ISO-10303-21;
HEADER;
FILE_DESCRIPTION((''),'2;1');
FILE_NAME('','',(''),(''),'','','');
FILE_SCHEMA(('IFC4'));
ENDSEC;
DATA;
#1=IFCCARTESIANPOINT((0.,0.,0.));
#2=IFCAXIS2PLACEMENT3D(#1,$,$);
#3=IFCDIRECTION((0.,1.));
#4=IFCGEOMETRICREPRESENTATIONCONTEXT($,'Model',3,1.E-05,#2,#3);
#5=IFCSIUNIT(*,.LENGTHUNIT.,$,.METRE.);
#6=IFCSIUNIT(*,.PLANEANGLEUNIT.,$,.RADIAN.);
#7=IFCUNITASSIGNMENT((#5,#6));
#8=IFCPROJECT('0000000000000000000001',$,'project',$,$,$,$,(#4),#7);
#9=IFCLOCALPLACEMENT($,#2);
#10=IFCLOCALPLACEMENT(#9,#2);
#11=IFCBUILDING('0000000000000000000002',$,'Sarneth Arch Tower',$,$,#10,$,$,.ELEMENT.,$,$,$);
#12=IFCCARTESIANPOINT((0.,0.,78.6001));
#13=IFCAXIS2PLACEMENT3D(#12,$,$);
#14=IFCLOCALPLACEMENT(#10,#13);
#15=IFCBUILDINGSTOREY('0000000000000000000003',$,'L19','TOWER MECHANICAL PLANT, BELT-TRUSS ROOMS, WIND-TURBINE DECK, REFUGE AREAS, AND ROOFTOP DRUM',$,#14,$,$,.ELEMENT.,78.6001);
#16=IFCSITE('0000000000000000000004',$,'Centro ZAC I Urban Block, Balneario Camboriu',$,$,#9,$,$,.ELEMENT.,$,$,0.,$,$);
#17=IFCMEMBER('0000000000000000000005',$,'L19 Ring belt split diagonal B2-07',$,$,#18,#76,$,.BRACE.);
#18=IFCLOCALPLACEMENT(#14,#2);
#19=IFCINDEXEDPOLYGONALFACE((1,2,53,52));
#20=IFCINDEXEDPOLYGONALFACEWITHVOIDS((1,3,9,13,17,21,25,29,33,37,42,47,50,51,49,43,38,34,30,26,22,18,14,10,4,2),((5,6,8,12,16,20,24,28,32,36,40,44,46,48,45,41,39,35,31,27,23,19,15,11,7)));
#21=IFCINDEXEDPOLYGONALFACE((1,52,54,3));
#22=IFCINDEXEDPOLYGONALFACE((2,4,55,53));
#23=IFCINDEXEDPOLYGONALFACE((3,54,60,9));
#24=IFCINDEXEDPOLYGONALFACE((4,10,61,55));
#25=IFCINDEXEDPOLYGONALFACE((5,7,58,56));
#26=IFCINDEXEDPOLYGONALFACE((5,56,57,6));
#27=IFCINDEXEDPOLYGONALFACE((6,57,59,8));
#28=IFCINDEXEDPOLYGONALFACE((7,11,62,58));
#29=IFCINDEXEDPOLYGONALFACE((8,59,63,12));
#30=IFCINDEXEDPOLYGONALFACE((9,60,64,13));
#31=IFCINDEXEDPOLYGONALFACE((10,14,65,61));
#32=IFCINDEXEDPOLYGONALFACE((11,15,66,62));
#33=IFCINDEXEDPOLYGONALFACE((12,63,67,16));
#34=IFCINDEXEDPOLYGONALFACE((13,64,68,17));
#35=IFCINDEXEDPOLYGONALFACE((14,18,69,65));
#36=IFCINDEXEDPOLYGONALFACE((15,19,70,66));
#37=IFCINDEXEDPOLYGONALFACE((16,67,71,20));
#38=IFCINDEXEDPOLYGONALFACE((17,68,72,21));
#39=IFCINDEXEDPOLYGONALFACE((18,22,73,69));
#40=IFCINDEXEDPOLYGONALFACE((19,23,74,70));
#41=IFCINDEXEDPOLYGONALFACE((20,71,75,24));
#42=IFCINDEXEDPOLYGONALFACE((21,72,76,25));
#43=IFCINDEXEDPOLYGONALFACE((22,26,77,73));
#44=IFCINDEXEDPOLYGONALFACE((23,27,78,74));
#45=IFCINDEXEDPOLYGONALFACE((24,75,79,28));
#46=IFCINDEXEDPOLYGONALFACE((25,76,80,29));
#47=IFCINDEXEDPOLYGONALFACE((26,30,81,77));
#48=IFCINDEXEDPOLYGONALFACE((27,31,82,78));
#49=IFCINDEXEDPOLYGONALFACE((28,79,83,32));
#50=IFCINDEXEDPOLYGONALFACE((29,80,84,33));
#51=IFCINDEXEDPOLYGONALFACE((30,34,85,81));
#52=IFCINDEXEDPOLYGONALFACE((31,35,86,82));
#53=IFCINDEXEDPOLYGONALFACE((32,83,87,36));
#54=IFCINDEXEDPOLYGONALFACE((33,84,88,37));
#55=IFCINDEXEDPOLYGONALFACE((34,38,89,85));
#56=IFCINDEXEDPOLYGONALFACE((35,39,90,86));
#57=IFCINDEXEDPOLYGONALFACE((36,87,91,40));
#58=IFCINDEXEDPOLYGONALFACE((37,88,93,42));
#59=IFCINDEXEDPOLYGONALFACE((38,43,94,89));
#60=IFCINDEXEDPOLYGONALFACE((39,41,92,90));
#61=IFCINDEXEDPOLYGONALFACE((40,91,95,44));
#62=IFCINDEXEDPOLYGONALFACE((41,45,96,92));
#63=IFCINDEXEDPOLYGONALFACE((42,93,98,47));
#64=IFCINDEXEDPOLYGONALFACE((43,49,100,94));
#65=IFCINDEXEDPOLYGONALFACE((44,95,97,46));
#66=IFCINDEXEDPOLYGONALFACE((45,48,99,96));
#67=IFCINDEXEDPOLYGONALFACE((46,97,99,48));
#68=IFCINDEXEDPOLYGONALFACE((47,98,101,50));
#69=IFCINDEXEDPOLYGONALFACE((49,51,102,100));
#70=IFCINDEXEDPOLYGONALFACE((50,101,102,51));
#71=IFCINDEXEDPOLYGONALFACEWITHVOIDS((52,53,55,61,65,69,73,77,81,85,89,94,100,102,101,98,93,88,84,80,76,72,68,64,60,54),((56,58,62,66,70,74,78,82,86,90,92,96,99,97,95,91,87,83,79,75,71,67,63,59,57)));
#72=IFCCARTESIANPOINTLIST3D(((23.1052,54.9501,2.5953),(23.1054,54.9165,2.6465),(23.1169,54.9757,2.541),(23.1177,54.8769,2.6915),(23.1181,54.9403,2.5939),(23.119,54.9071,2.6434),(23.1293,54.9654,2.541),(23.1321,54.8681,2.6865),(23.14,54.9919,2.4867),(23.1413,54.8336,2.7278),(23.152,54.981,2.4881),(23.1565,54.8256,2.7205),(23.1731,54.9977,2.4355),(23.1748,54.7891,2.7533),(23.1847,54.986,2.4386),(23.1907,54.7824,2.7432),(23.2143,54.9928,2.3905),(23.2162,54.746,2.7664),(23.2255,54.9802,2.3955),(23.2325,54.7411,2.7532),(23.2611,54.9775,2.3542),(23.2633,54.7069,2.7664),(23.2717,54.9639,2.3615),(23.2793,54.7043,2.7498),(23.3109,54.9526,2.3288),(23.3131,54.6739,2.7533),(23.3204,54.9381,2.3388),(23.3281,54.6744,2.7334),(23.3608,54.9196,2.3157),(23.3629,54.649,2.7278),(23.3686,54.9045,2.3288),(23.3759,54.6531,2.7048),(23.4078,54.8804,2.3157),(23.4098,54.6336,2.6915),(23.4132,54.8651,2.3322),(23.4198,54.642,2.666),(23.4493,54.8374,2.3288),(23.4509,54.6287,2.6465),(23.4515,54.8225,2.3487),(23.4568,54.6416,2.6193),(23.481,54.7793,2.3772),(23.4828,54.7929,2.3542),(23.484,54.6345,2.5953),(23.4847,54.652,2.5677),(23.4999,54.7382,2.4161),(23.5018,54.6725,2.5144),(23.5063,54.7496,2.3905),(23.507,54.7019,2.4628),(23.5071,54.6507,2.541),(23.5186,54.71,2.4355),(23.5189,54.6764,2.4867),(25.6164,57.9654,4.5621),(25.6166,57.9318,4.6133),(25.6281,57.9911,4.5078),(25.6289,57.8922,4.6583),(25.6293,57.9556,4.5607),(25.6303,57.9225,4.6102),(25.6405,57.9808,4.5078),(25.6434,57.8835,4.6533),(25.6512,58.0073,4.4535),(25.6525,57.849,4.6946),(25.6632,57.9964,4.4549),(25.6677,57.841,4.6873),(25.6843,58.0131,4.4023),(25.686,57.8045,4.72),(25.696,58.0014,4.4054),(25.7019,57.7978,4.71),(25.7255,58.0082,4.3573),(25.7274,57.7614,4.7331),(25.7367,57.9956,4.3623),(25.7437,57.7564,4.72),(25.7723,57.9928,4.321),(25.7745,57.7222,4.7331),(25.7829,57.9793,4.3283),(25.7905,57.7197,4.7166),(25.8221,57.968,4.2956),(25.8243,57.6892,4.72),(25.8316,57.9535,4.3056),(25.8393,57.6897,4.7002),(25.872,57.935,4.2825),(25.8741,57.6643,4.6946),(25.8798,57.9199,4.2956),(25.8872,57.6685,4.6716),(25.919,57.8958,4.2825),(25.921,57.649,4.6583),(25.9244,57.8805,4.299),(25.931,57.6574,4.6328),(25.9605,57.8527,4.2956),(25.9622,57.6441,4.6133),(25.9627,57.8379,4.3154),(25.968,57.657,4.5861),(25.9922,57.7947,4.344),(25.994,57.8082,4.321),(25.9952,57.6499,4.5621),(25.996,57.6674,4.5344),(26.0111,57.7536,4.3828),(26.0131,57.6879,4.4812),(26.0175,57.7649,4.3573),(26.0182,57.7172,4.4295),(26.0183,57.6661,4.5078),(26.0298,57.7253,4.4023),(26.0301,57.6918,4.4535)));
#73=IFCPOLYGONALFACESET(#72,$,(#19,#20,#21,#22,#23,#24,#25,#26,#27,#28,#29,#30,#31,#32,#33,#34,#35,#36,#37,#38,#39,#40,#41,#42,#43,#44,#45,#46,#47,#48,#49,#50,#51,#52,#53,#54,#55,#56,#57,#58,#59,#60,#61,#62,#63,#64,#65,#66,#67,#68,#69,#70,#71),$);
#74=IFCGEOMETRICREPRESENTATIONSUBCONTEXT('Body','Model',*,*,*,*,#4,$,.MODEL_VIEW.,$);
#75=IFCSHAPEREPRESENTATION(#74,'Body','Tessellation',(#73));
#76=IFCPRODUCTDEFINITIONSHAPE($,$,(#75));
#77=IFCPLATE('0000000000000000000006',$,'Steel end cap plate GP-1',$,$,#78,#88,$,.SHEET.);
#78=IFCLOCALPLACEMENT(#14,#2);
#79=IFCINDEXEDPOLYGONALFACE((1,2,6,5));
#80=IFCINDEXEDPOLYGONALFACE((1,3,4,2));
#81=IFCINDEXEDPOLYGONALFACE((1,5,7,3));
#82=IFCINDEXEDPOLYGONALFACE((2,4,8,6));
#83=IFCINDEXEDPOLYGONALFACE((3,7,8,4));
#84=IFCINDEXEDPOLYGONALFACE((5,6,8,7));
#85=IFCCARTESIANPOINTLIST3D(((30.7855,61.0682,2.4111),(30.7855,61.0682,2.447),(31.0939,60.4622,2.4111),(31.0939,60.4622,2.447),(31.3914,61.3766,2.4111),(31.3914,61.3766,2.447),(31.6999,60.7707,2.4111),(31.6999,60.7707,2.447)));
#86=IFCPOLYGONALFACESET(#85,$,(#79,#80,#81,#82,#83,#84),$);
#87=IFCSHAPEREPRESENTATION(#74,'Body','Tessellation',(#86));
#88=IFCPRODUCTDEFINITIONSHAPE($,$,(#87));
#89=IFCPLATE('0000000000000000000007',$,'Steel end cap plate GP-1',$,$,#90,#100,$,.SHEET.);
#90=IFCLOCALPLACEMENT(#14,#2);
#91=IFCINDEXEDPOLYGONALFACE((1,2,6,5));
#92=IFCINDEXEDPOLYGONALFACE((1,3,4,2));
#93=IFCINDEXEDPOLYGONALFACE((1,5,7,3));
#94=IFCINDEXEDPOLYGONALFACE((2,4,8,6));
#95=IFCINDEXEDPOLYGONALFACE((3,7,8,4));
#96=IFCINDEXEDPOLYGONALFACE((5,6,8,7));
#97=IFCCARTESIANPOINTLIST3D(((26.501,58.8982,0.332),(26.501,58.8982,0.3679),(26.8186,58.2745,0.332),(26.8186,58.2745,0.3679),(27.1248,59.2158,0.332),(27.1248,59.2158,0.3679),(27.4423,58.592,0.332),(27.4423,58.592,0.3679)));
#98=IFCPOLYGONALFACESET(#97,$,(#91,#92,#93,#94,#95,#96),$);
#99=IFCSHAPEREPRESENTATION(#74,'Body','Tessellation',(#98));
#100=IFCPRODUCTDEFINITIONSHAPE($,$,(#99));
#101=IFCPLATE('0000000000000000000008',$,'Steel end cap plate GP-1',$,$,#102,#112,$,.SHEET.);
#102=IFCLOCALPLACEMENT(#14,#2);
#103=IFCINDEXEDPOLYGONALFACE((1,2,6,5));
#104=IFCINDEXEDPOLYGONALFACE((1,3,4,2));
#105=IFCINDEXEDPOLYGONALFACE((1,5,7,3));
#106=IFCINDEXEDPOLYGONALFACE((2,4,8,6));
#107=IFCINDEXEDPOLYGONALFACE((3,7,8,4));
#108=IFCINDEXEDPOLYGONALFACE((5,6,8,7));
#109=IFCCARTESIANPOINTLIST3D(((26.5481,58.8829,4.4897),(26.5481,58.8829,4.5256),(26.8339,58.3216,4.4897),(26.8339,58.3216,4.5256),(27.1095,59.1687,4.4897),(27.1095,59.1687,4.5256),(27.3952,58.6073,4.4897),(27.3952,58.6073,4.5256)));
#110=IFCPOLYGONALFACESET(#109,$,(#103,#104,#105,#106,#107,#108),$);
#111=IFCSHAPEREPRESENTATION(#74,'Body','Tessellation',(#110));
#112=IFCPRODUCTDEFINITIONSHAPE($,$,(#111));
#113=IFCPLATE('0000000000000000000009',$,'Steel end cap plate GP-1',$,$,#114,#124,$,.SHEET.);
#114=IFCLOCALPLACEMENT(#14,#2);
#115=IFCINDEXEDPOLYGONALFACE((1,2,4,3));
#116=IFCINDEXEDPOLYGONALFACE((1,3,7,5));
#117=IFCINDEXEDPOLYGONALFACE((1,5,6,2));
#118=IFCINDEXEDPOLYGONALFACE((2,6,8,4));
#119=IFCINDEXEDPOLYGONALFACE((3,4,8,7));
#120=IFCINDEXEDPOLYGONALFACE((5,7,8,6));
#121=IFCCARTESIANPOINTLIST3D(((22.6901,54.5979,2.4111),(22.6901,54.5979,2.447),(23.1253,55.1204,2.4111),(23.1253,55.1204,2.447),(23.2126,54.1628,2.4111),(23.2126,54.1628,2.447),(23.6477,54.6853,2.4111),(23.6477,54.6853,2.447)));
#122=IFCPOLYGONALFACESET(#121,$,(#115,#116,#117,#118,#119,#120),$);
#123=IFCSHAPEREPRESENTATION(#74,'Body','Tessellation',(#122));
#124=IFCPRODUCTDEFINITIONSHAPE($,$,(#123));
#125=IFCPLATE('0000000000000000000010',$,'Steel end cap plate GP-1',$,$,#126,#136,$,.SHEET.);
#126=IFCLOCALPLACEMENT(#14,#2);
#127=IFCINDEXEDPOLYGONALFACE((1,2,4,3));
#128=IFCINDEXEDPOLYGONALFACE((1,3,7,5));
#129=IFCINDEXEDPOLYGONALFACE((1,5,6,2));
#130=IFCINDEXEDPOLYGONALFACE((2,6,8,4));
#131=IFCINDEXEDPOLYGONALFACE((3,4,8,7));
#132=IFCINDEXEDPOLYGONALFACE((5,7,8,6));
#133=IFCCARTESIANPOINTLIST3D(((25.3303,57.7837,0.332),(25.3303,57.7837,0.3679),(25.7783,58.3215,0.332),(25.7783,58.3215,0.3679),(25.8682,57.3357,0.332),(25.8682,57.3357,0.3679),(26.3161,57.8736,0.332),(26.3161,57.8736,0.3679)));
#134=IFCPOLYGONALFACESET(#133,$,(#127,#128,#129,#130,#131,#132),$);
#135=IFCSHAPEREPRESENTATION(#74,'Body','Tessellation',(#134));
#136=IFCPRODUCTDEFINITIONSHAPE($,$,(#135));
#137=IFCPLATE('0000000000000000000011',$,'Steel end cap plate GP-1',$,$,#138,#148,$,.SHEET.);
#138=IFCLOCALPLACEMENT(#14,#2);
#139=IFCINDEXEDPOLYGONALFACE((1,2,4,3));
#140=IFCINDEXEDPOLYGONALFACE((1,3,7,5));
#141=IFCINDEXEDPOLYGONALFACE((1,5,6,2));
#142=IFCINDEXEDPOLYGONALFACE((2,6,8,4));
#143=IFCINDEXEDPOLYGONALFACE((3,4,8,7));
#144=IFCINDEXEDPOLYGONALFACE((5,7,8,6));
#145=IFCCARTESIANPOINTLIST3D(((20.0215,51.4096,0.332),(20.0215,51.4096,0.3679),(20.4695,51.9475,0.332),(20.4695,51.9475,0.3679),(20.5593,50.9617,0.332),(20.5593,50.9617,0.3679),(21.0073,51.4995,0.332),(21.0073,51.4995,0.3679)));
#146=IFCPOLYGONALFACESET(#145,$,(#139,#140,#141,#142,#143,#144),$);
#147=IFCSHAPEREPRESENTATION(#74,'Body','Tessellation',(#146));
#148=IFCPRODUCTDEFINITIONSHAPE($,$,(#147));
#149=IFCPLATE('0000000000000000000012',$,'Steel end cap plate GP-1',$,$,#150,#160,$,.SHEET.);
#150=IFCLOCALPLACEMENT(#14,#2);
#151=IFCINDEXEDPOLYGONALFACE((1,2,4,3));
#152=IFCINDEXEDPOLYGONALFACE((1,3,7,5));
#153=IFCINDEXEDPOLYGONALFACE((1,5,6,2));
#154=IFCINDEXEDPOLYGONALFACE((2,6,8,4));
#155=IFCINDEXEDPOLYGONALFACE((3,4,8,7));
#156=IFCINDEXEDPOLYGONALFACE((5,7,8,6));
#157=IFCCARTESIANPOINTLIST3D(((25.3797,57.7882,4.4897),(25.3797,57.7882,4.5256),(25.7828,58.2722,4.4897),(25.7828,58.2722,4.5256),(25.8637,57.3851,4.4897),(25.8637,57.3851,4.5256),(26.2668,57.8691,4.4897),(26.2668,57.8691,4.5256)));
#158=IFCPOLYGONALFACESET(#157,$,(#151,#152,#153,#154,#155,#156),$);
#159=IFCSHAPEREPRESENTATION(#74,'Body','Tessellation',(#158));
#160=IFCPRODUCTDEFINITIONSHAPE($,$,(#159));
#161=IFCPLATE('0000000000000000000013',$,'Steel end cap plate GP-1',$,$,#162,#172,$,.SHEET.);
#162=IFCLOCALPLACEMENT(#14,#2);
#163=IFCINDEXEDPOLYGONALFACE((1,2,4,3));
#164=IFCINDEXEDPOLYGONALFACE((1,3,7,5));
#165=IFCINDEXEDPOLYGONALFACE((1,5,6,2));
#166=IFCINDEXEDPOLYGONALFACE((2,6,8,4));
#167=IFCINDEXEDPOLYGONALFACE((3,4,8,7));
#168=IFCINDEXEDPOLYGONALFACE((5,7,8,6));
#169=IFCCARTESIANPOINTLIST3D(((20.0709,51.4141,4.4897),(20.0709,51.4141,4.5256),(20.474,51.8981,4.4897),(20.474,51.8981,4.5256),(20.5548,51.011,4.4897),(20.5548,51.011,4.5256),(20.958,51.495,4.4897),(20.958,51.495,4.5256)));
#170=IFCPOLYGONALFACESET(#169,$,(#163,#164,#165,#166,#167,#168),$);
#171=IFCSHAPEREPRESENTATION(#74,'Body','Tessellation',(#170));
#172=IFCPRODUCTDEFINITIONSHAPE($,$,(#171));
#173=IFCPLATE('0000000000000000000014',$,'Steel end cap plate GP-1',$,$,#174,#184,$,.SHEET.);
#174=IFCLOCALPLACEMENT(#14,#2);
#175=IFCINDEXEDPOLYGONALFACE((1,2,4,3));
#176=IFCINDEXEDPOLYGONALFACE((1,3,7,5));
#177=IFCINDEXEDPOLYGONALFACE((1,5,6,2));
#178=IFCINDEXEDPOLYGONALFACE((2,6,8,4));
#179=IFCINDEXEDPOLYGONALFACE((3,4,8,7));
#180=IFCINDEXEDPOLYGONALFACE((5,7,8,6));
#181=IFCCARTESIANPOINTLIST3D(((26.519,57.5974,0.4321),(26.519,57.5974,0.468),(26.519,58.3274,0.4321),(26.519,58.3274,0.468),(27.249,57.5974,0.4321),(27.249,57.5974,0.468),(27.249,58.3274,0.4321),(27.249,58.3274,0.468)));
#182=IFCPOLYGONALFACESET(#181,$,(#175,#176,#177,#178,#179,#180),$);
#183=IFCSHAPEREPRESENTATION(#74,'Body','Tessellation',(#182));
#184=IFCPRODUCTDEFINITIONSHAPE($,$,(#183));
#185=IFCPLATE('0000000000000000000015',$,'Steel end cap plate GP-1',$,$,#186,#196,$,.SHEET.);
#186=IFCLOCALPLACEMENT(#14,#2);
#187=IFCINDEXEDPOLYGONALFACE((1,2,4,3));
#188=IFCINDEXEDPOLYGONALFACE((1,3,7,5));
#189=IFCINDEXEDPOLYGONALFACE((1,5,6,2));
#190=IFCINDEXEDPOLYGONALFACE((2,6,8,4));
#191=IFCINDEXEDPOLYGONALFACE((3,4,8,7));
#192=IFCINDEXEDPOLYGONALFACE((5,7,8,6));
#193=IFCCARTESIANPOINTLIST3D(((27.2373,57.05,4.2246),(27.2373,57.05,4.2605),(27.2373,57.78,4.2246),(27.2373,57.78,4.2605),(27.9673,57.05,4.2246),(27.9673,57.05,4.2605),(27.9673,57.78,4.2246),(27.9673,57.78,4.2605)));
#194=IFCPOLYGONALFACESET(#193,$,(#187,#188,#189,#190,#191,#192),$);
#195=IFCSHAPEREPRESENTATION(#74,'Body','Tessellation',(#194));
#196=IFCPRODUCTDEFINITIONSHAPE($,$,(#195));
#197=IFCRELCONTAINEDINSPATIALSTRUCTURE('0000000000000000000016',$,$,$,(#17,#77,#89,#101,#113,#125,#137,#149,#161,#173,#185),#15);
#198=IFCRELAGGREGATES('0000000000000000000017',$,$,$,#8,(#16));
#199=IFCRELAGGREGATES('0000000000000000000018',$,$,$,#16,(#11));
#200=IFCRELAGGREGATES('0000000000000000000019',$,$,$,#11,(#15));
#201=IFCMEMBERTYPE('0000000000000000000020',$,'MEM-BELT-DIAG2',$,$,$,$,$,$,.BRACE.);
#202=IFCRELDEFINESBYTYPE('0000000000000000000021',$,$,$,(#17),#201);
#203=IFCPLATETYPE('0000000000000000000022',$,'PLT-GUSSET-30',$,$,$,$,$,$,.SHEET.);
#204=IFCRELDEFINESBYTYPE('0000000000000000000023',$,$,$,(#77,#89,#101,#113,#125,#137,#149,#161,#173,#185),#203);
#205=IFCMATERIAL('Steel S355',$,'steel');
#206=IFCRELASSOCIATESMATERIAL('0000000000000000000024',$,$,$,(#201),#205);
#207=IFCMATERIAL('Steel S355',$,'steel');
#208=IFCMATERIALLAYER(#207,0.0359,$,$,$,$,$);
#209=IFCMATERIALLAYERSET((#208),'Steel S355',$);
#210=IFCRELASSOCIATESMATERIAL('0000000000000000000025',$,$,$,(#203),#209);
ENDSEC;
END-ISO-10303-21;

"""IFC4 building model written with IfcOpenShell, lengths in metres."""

from ifc_helpers import new_model, si_unit, direction, frame, origin, origin_2d, place, context, subcontext, project, spatial, rectangle, hollow_circle, extrude, material, layer, layer_set, material_profile, profile_set, type_object, element, save


model = new_model("IFC4")

# Units and contexts
model_context = context("Model", 3, precision=1e-05, world=origin(), true_north=direction((0.0, 1.0)))
body_context = subcontext(model_context, "Body", "Model", "MODEL_VIEW")
ifc_project = project(units=[si_unit("LENGTHUNIT", "METRE"), si_unit("PLANEANGLEUNIT", "RADIAN")], contexts=[model_context])

# Site, building, storey
site_placement = place(None, origin())
site = spatial("IfcSite", under=ifc_project, at=site_placement, Name="Centro ZAC I Urban Block, Balneario Camboriu", CompositionType="ELEMENT", RefElevation=0.0)
building_placement = place(site_placement, origin())
building = spatial("IfcBuilding", under=site, at=building_placement, Name="Sarneth Arch Tower", CompositionType="ELEMENT")
storey_placement = place(building_placement, frame((0.0, 0.0, 78.6001)))
storey = spatial("IfcBuildingStorey", under=building, at=storey_placement, Name="L19", Description="TOWER MECHANICAL PLANT, BELT-TRUSS ROOMS, WIND-TURBINE DECK, REFUGE AREAS, AND ROOFTOP DRUM", CompositionType="ELEMENT", Elevation=78.6001)

# Member
ifc_material_1 = material(Name="Steel S355", Category="steel")
ifc_material_profile_1 = material_profile(ifc_material_1, hollow_circle(Radius=0.2539, WallThickness=0.0161, at=origin_2d()), Name="CHS508x16")
ifc_profile_set_1 = profile_set([ifc_material_profile_1], Name="Steel S355")
member_type_1 = type_object("IfcMemberType", Name="MEM-BELT-DIAG2", PredefinedType="BRACE", material=ifc_profile_set_1)
for number, where, z_axis, x_axis, name in (
    (1, (23.312, 54.8132, 2.541), (0.572109, 0.686964, 0.448076), (-0.76842, 0.639946, 0.0), "L19 Ring belt split diagonal B2-07"),
):
    element("IfcMember", number, at=place(storey_placement, frame(where, z_axis=z_axis, x_axis=x_axis)), inside=storey, type_object=member_type_1, Name=name, PredefinedType="BRACE", context=body_context, shape_type="SweptSolid", body=[
        extrude(hollow_circle(Radius=0.2539, WallThickness=0.0161, at=origin_2d()), origin(), (0.0, 0.0, 1.0), 4.3894),
    ])

# Plates
ifc_material_2 = material(Name="Steel S355", Category="steel")
ifc_layer_1 = layer(ifc_material_2, 0.0359)
ifc_layer_set_1 = layer_set([ifc_layer_1], Name="Steel S355")
plate_type_1 = type_object("IfcPlateType", Name="PLT-GUSSET-30", PredefinedType="SHEET", material=ifc_layer_set_1)
plate_1_placement = place(storey_placement, frame((31.2427, 60.9194, 2.4111), z_axis=(0.0, 0.0, 1.0), x_axis=(-0.891165, -0.453679, 0.0)))
element("IfcPlate", 2, at=plate_1_placement, inside=storey, type_object=plate_type_1, Name="Steel end cap plate GP-1", PredefinedType="SHEET", context=body_context, shape_type="SweptSolid", body=[
    extrude(rectangle(XDim=0.6799, YDim=0.6799, at=origin_2d()), origin(), (0.0, 0.0, 1.0), 0.0359),
])
plate_2_placement = place(storey_placement, frame((26.9717, 58.7451, 0.332), z_axis=(0.0, 0.0, 1.0), x_axis=(-0.891165, -0.453679, 0.0)))
element("IfcPlate", 3, at=plate_2_placement, inside=storey, type_object=plate_type_1, Name="Steel end cap plate GP-1", PredefinedType="SHEET", context=body_context, shape_type="SweptSolid", body=[
    extrude(rectangle(XDim=0.7, YDim=0.7, at=origin_2d()), origin(), (0.0, 0.0, 1.0), 0.0359),
])
plate_3_placement = place(storey_placement, frame((26.9717, 58.7451, 4.4897), z_axis=(0.0, 0.0, 1.0), x_axis=(-0.891165, -0.453679, 0.0)))
element("IfcPlate", 4, at=plate_3_placement, inside=storey, type_object=plate_type_1, Name="Steel end cap plate GP-1", PredefinedType="SHEET", context=body_context, shape_type="SweptSolid", body=[
    extrude(rectangle(XDim=0.6299, YDim=0.6299, at=origin_2d()), origin(), (0.0, 0.0, 1.0), 0.0359),
])
plate_4_placement = place(storey_placement, frame((23.1689, 54.6416, 2.4111), z_axis=(0.0, 0.0, 1.0), x_axis=(-0.639976, -0.768395, 0.0)))
element("IfcPlate", 5, at=plate_4_placement, inside=storey, type_object=plate_type_1, Name="Steel end cap plate GP-1", PredefinedType="SHEET", context=body_context, shape_type="SweptSolid", body=[
    extrude(rectangle(XDim=0.6799, YDim=0.6799, at=origin_2d()), origin(), (0.0, 0.0, 1.0), 0.0359),
])
for number, where, z_axis, x_axis, name in (
    (6, (25.8232, 57.8286, 0.332), (0.0, 0.0, 1.0), (0.639976, 0.768395, 0.0), "Steel end cap plate GP-1"),
    (7, (20.5144, 51.4546, 0.332), (0.0, 0.0, 1.0), (-0.639976, -0.768395, 0.0), "Steel end cap plate GP-1"),
):
    element("IfcPlate", number, at=place(storey_placement, frame(where, z_axis=z_axis, x_axis=x_axis)), inside=storey, type_object=plate_type_1, Name=name, PredefinedType="SHEET", context=body_context, shape_type="SweptSolid", body=[
        extrude(rectangle(XDim=0.7, YDim=0.7, at=origin_2d()), origin(), (0.0, 0.0, 1.0), 0.0359),
    ])
for number, where, z_axis, x_axis, name in (
    (8, (25.8232, 57.8286, 4.4897), (0.0, 0.0, 1.0), (0.639976, 0.768395, 0.0), "Steel end cap plate GP-1"),
    (9, (20.5144, 51.4546, 4.4897), (0.0, 0.0, 1.0), (-0.639976, -0.768395, 0.0), "Steel end cap plate GP-1"),
):
    element("IfcPlate", number, at=place(storey_placement, frame(where, z_axis=z_axis, x_axis=x_axis)), inside=storey, type_object=plate_type_1, Name=name, PredefinedType="SHEET", context=body_context, shape_type="SweptSolid", body=[
        extrude(rectangle(XDim=0.6299, YDim=0.6299, at=origin_2d()), origin(), (0.0, 0.0, 1.0), 0.0359),
    ])
for number, where, z_axis, x_axis, name in (
    (10, (26.884, 57.9624, 0.4321), (0.0, 0.0, 1.0), (1.0, 0.0, 0.0), "Steel end cap plate GP-1"),
    (11, (27.6023, 57.415, 4.2246), (0.0, 0.0, 1.0), (1.0, 0.0, 0.0), "Steel end cap plate GP-1"),
):
    element("IfcPlate", number, at=place(storey_placement, frame(where, z_axis=z_axis, x_axis=x_axis)), inside=storey, type_object=plate_type_1, Name=name, PredefinedType="SHEET", context=body_context, shape_type="SweptSolid", body=[
        extrude(rectangle(XDim=0.73, YDim=0.73, at=origin_2d()), origin(), (0.0, 0.0, 1.0), 0.0359),
    ])

save(model, "model.ifc")
